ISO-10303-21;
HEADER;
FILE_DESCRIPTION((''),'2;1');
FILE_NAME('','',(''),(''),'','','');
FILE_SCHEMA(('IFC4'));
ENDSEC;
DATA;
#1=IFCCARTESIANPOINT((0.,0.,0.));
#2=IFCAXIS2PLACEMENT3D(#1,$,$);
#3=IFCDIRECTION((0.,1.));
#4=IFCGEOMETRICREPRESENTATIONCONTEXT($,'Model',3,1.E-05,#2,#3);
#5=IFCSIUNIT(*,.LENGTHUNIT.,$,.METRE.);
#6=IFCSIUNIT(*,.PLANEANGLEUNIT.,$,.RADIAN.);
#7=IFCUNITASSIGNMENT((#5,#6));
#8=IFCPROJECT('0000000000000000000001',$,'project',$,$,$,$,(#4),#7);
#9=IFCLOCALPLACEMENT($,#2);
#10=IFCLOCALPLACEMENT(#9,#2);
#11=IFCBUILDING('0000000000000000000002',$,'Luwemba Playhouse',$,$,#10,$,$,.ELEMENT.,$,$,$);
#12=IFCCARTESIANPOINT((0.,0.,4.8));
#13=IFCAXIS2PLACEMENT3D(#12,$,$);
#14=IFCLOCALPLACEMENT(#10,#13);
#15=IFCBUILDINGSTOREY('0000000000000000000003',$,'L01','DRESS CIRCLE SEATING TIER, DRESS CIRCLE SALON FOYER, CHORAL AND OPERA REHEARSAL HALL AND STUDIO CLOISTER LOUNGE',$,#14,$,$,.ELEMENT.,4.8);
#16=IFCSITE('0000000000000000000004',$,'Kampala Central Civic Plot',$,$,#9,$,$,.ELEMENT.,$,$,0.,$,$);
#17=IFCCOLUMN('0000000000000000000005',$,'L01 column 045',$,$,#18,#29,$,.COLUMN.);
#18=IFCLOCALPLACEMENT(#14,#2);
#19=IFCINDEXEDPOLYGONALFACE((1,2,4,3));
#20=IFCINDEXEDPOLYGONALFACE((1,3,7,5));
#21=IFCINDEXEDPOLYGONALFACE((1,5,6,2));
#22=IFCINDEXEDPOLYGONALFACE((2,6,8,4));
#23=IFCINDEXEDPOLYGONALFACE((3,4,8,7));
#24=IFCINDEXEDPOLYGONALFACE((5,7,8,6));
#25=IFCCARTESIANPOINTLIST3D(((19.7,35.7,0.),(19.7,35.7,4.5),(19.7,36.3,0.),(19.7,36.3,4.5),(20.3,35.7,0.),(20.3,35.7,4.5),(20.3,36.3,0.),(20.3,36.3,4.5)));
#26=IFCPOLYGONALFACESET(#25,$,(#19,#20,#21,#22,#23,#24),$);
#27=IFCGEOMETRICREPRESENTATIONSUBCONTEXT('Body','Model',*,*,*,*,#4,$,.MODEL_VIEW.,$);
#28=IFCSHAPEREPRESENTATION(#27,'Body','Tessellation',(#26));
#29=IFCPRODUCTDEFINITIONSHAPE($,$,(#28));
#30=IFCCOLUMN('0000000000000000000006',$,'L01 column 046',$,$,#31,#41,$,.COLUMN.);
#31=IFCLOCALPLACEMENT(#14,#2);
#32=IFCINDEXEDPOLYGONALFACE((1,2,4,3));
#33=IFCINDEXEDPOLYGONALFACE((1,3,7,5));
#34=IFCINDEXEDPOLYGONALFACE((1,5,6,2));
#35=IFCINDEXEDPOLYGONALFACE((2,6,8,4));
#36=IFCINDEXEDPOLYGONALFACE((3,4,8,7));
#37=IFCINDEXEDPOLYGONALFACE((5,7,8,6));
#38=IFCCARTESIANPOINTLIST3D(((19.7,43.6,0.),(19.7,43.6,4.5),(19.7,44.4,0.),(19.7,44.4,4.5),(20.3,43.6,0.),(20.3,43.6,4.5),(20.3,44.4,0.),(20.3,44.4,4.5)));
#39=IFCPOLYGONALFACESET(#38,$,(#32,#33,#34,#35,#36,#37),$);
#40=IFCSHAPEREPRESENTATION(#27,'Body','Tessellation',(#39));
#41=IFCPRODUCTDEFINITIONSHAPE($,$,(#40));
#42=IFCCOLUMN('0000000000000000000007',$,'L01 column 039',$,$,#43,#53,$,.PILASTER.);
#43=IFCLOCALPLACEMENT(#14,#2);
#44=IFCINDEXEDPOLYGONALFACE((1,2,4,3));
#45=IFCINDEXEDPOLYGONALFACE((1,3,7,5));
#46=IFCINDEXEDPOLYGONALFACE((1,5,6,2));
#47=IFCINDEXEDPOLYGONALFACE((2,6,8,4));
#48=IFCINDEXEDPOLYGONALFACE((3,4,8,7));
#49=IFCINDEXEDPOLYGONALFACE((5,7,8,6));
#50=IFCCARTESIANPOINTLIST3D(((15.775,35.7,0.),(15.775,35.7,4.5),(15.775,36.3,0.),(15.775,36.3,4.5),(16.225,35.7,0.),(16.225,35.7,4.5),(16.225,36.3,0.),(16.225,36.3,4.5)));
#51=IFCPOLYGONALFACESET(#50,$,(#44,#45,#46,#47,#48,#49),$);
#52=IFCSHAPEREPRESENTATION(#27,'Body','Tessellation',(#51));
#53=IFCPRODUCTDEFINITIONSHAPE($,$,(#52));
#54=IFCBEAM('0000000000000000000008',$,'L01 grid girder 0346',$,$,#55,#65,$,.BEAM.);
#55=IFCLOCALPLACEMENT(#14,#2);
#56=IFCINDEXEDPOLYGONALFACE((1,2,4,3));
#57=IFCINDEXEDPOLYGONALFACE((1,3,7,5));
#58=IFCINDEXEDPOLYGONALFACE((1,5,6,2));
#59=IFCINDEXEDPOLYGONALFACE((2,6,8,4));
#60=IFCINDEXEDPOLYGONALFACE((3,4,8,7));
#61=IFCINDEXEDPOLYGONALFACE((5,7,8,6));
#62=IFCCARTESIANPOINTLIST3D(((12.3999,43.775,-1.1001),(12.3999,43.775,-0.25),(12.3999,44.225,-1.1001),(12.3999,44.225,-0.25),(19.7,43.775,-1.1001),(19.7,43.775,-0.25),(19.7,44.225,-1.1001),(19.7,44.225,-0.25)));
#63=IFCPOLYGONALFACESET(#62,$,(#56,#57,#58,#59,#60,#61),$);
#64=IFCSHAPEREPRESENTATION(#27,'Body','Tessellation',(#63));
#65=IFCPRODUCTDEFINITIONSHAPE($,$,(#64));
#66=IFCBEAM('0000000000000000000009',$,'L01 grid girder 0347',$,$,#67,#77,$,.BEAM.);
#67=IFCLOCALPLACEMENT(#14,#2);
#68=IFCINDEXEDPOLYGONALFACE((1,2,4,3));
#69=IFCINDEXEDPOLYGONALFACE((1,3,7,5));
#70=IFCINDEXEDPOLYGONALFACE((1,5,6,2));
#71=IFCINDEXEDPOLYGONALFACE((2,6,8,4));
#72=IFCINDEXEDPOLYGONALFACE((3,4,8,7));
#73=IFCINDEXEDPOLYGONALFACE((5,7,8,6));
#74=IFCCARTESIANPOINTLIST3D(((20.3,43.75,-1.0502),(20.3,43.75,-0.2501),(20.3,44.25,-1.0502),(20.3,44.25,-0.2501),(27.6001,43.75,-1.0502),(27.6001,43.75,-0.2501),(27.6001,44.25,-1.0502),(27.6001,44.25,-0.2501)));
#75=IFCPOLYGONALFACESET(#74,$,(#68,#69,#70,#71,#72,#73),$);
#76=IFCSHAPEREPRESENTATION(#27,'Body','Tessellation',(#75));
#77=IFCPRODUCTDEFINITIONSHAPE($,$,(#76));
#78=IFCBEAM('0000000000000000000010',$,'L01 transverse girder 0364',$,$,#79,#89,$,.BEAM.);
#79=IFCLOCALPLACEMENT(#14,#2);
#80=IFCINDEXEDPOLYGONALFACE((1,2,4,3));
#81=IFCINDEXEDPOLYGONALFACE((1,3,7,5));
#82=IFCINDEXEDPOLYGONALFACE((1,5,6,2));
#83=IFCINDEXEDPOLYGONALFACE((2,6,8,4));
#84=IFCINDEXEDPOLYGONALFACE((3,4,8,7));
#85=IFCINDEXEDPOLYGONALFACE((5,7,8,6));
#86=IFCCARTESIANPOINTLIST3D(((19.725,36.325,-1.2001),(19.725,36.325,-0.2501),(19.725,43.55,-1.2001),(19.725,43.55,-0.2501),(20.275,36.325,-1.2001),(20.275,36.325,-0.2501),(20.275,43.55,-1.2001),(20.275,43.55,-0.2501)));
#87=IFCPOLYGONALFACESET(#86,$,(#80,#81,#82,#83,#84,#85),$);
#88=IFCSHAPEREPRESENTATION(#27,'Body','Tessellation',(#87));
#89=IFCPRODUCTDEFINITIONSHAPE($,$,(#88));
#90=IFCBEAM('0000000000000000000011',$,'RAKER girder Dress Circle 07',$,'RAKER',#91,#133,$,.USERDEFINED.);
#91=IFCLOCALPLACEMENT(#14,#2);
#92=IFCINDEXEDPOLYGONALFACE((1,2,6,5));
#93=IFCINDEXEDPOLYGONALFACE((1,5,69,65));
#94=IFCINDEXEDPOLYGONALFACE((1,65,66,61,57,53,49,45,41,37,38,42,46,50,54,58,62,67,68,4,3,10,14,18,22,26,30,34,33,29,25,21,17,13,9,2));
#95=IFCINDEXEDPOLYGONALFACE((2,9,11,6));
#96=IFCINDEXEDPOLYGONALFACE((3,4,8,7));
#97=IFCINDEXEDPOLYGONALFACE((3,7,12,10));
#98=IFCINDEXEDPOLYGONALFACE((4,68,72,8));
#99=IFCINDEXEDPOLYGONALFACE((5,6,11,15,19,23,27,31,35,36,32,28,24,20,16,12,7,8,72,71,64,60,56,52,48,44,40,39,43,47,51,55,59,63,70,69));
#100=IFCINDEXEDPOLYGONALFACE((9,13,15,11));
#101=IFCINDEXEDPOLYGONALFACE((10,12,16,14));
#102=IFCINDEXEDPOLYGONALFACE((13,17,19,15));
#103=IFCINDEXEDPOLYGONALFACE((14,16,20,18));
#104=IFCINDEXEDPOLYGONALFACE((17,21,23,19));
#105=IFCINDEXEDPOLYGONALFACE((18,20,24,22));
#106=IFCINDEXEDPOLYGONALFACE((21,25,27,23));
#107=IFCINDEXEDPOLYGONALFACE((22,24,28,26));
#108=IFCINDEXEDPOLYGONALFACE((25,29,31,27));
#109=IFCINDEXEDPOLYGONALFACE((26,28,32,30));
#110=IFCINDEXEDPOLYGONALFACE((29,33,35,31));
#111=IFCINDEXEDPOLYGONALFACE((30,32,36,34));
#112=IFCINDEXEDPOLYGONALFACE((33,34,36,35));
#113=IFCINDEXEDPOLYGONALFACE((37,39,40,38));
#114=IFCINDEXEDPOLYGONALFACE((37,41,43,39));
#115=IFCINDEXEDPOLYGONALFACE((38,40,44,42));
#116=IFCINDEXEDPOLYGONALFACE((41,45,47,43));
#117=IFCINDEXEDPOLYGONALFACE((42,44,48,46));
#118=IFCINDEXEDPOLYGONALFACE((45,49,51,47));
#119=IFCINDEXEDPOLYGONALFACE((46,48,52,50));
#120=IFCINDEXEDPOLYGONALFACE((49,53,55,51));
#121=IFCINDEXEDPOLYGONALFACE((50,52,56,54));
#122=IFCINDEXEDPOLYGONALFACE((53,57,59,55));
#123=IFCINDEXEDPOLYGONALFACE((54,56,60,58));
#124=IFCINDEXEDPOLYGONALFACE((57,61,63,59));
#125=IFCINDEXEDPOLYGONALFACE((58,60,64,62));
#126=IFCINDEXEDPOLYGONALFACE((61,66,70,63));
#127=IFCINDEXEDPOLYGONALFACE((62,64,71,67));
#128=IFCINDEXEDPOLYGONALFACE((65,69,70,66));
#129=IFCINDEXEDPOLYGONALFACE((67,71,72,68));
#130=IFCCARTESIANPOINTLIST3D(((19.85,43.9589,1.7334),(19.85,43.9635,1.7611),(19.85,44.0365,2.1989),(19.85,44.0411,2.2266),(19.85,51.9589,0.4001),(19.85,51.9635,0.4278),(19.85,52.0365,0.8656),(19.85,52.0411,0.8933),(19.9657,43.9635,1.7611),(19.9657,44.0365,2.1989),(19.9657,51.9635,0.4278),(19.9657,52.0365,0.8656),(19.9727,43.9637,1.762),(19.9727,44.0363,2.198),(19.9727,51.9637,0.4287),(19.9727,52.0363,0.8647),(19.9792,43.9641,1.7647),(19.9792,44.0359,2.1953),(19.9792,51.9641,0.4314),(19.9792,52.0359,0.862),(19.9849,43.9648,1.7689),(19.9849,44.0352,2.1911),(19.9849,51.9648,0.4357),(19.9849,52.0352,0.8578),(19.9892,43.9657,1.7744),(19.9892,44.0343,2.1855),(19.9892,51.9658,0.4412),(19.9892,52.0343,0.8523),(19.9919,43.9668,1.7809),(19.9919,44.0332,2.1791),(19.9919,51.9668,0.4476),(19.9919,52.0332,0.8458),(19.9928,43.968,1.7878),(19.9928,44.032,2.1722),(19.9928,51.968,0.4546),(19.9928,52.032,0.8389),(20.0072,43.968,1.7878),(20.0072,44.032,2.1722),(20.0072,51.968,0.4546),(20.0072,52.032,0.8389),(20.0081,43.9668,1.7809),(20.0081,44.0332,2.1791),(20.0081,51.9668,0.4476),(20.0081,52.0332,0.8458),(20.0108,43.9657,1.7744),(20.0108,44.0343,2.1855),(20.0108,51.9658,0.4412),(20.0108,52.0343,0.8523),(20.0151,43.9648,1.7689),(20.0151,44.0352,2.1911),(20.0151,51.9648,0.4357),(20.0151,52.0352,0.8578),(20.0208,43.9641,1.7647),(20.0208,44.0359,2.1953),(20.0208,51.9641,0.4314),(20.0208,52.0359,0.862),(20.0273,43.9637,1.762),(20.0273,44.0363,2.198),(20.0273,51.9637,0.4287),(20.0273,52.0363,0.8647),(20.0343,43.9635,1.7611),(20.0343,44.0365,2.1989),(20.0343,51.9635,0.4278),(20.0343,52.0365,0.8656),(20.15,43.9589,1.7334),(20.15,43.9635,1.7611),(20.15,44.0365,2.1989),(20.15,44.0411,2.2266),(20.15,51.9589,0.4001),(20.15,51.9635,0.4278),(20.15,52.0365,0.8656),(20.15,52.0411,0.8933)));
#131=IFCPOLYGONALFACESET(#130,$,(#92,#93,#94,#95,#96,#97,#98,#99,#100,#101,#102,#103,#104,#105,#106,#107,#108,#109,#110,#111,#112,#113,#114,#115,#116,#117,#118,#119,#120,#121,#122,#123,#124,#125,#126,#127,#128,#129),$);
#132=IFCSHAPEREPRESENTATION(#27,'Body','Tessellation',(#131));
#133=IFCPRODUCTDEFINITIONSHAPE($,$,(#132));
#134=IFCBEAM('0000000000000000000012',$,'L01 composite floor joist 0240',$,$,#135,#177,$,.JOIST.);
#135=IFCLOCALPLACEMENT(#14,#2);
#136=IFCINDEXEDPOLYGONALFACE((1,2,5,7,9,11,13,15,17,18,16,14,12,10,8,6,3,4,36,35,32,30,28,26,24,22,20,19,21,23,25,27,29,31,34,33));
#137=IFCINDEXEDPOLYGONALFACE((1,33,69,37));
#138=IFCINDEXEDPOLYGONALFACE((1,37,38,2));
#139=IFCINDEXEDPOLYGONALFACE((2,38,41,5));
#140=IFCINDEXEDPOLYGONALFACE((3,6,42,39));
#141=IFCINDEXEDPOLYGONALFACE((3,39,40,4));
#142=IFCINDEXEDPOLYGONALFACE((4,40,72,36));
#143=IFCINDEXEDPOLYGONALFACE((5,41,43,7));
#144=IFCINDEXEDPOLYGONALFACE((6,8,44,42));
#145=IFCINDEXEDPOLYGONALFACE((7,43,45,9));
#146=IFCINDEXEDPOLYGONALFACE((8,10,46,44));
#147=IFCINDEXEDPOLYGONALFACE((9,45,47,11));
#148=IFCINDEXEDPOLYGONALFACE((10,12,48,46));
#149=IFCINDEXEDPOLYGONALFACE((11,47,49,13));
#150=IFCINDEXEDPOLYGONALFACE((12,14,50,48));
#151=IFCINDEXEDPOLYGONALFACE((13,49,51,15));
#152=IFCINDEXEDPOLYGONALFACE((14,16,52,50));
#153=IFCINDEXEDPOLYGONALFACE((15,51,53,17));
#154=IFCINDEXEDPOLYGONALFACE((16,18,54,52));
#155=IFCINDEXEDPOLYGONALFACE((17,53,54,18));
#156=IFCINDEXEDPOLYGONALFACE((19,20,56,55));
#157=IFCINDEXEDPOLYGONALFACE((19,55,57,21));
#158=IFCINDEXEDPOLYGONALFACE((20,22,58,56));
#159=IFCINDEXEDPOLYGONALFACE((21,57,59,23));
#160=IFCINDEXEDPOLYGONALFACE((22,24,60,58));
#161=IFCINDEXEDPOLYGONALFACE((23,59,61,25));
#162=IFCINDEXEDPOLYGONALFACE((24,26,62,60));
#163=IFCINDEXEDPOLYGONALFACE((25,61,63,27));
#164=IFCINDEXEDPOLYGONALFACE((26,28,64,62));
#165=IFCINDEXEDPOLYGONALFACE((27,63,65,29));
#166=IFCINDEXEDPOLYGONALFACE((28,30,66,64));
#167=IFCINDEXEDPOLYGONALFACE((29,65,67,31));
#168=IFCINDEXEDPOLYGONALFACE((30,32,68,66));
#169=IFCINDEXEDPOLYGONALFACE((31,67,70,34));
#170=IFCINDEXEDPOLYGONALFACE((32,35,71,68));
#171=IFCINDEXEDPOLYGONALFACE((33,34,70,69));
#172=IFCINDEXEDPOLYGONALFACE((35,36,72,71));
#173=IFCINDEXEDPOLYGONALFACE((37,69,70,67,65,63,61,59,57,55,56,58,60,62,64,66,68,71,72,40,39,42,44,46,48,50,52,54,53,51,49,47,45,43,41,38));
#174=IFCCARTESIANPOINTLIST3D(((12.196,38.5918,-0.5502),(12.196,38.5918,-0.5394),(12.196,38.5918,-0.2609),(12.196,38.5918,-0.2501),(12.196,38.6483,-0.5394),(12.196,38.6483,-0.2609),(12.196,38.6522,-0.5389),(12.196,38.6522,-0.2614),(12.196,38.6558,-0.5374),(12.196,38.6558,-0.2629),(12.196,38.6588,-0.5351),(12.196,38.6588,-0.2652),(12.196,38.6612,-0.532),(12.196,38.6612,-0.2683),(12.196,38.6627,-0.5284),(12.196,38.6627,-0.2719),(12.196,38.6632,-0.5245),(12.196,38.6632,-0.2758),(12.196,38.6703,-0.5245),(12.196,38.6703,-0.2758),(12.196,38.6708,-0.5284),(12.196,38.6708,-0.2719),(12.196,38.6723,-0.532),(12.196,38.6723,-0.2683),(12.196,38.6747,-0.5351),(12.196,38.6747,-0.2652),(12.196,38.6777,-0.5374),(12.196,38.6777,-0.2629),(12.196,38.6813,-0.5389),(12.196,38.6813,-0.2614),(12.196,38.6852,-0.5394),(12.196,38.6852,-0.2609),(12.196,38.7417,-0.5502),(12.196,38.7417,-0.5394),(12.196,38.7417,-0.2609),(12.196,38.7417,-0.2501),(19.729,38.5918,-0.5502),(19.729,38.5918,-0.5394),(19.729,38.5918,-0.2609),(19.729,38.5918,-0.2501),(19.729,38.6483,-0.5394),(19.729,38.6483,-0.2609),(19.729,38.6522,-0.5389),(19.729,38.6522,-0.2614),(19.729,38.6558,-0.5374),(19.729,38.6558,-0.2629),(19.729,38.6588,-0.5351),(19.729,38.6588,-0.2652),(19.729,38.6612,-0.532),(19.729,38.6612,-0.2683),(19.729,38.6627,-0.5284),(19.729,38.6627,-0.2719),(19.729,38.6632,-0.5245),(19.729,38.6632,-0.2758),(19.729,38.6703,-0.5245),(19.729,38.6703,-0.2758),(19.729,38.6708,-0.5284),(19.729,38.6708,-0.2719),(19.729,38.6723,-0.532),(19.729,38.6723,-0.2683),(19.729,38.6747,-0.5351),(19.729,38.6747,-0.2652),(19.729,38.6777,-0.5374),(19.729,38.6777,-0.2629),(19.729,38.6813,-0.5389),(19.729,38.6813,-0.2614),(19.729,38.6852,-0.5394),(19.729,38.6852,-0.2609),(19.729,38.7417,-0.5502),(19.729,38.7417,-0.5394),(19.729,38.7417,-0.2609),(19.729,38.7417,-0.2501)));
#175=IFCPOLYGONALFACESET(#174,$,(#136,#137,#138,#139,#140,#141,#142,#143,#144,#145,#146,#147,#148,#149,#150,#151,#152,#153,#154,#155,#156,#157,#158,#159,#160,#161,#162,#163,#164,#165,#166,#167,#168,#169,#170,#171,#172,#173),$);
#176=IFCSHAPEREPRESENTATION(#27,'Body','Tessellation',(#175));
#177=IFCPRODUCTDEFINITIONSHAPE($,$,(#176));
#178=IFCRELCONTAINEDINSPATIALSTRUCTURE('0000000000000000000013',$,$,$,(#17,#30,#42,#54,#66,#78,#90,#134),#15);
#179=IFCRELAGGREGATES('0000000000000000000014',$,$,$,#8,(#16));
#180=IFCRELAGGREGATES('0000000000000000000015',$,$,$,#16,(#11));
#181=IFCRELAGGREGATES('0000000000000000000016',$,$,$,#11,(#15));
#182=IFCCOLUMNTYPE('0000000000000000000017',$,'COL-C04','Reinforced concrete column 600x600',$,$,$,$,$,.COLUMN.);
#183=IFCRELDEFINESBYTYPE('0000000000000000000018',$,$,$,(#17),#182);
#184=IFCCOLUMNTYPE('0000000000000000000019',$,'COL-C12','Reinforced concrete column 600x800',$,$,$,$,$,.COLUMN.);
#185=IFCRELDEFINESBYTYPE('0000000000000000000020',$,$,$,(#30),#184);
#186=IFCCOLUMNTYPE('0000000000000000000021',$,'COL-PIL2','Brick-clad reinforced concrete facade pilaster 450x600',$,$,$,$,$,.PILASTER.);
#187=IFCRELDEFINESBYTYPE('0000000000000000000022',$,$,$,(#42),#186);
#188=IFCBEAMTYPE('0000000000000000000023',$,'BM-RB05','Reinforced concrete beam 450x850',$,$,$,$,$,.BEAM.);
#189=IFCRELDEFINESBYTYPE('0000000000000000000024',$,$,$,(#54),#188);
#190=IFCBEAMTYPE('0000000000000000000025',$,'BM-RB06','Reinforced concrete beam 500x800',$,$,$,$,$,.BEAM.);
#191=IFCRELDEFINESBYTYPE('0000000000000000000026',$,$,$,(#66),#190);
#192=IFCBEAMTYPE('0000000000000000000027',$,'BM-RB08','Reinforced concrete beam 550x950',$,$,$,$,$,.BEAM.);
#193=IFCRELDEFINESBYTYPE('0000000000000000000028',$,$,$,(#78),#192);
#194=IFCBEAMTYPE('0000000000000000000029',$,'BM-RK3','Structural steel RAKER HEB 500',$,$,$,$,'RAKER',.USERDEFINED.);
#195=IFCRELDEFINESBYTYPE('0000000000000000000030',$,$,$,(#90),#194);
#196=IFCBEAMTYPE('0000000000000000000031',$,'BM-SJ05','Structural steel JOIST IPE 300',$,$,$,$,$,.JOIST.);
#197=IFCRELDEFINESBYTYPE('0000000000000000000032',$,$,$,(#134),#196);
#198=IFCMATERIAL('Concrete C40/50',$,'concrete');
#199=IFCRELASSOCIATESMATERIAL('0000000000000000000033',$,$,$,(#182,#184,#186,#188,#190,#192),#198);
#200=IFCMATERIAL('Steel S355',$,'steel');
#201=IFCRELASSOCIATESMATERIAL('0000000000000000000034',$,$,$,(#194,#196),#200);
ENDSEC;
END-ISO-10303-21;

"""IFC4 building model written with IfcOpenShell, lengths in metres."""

from ifc_helpers import new_model, si_unit, direction, frame, origin, origin_2d, place, context, subcontext, project, spatial, rectangle, i_section, extrude, material, material_profile, profile_set, type_object, element, save


model = new_model("IFC4")

# Units and contexts
model_context = context("Model", 3, precision=1e-05, world=origin(), true_north=direction((0.0, 1.0)))
body_context = subcontext(model_context, "Body", "Model", "MODEL_VIEW")
ifc_project = project(units=[si_unit("LENGTHUNIT", "METRE"), si_unit("PLANEANGLEUNIT", "RADIAN")], contexts=[model_context])

# Site, building, storey
site_placement = place(None, origin())
site = spatial("IfcSite", under=ifc_project, at=site_placement, Name="Kampala Central Civic Plot", CompositionType="ELEMENT", RefElevation=0.0)
building_placement = place(site_placement, origin())
building = spatial("IfcBuilding", under=site, at=building_placement, Name="Luwemba Playhouse", CompositionType="ELEMENT")
storey_placement = place(building_placement, frame((0.0, 0.0, 4.8)))
storey = spatial("IfcBuildingStorey", under=building, at=storey_placement, Name="L01", Description="DRESS CIRCLE SEATING TIER, DRESS CIRCLE SALON FOYER, CHORAL AND OPERA REHEARSAL HALL AND STUDIO CLOISTER LOUNGE", CompositionType="ELEMENT", Elevation=4.8)

# Columns
ifc_material_1 = material(Name="Concrete C40/50", Category="concrete")
ifc_material_profile_1 = material_profile(ifc_material_1, rectangle(XDim=0.6001, YDim=0.6001, at=origin_2d()))
ifc_profile_set_1 = profile_set([ifc_material_profile_1], Name="Concrete C40/50")
column_type_1 = type_object("IfcColumnType", Name="COL-C04", Description="Reinforced concrete column 600x600", PredefinedType="COLUMN", material=ifc_profile_set_1)
column_1_placement = place(storey_placement, frame((20.0, 36.0, 0.0), z_axis=(0.0, 0.0, 1.0), x_axis=(1.0, 0.0, 0.0)))
element("IfcColumn", 1, at=column_1_placement, inside=storey, type_object=column_type_1, Name="L01 column 045", PredefinedType="COLUMN", context=body_context, shape_type="SweptSolid", body=[
    extrude(rectangle(XDim=0.6001, YDim=0.6001, at=origin_2d()), origin(), (0.0, 0.0, 1.0), 4.5),
])
ifc_material_profile_2 = material_profile(ifc_material_1, rectangle(XDim=0.6001, YDim=0.8, at=origin_2d()))
ifc_profile_set_2 = profile_set([ifc_material_profile_2], Name="Concrete C40/50")
column_type_2 = type_object("IfcColumnType", Name="COL-C12", Description="Reinforced concrete column 600x800", PredefinedType="COLUMN", material=ifc_profile_set_2)
column_2_placement = place(storey_placement, frame((20.0, 44.0, 0.0), z_axis=(0.0, 0.0, 1.0), x_axis=(1.0, 0.0, 0.0)))
element("IfcColumn", 2, at=column_2_placement, inside=storey, type_object=column_type_2, Name="L01 column 046", PredefinedType="COLUMN", context=body_context, shape_type="SweptSolid", body=[
    extrude(rectangle(XDim=0.6001, YDim=0.8, at=origin_2d()), origin(), (0.0, 0.0, 1.0), 4.5),
])
ifc_material_profile_3 = material_profile(ifc_material_1, rectangle(XDim=0.45, YDim=0.6001, at=origin_2d()))
ifc_profile_set_3 = profile_set([ifc_material_profile_3], Name="Concrete C40/50")
column_type_3 = type_object("IfcColumnType", Name="COL-PIL2", Description="Brick-clad reinforced concrete facade pilaster 450x600", PredefinedType="PILASTER", material=ifc_profile_set_3)
column_3_placement = place(storey_placement, frame((16.0, 36.0, 0.0), z_axis=(0.0, 0.0, 1.0), x_axis=(1.0, 0.0, 0.0)))
element("IfcColumn", 3, at=column_3_placement, inside=storey, type_object=column_type_3, Name="L01 column 039", PredefinedType="PILASTER", context=body_context, shape_type="SweptSolid", body=[
    extrude(rectangle(XDim=0.45, YDim=0.6001, at=origin_2d()), origin(), (0.0, 0.0, 1.0), 4.5),
])

# Beams
ifc_material_profile_4 = material_profile(ifc_material_1, rectangle(XDim=0.45, YDim=0.8501, at=origin_2d()))
ifc_profile_set_4 = profile_set([ifc_material_profile_4], Name="Concrete C40/50")
beam_type_1 = type_object("IfcBeamType", Name="BM-RB05", Description="Reinforced concrete beam 450x850", PredefinedType="BEAM", material=ifc_profile_set_4)
beam_1_placement = place(storey_placement, frame((12.3999, 44.0, -0.675), z_axis=(1.0, 0.0, 0.0), x_axis=(0.0, 1.0, 0.0)))
element("IfcBeam", 4, at=beam_1_placement, inside=storey, type_object=beam_type_1, Name="L01 grid girder 0346", PredefinedType="BEAM", context=body_context, shape_type="SweptSolid", body=[
    extrude(rectangle(XDim=0.45, YDim=0.8501, at=origin_2d()), origin(), (0.0, 0.0, 1.0), 7.3),
])
ifc_material_profile_5 = material_profile(ifc_material_1, rectangle(XDim=0.5, YDim=0.8, at=origin_2d()))
ifc_profile_set_5 = profile_set([ifc_material_profile_5], Name="Concrete C40/50")
beam_type_2 = type_object("IfcBeamType", Name="BM-RB06", Description="Reinforced concrete beam 500x800", PredefinedType="BEAM", material=ifc_profile_set_5)
beam_2_placement = place(storey_placement, frame((20.3, 44.0, -0.6501), z_axis=(1.0, 0.0, 0.0), x_axis=(0.0, 1.0, 0.0)))
element("IfcBeam", 5, at=beam_2_placement, inside=storey, type_object=beam_type_2, Name="L01 grid girder 0347", PredefinedType="BEAM", context=body_context, shape_type="SweptSolid", body=[
    extrude(rectangle(XDim=0.5, YDim=0.8, at=origin_2d()), origin(), (0.0, 0.0, 1.0), 7.3),
])
ifc_material_profile_6 = material_profile(ifc_material_1, rectangle(XDim=0.55, YDim=0.95, at=origin_2d()))
ifc_profile_set_6 = profile_set([ifc_material_profile_6], Name="Concrete C40/50")
beam_type_3 = type_object("IfcBeamType", Name="BM-RB08", Description="Reinforced concrete beam 550x950", PredefinedType="BEAM", material=ifc_profile_set_6)
beam_3_placement = place(storey_placement, frame((20.0, 36.325, -0.7251), z_axis=(0.0, 1.0, 0.0), x_axis=(-1.0, 0.0, 0.0)))
element("IfcBeam", 6, at=beam_3_placement, inside=storey, type_object=beam_type_3, Name="L01 transverse girder 0364", PredefinedType="BEAM", context=body_context, shape_type="SweptSolid", body=[
    extrude(rectangle(XDim=0.55, YDim=0.95, at=origin_2d()), origin(), (0.0, 0.0, 1.0), 7.2251),
])
ifc_material_2 = material(Name="Steel S355", Category="steel")
ifc_material_profile_7 = material_profile(ifc_material_2, i_section(OverallWidth=0.3, OverallDepth=0.5, WebThickness=0.0144, FlangeThickness=0.0281, FilletRadius=0.0271, at=origin_2d()))
ifc_profile_set_7 = profile_set([ifc_material_profile_7], Name="Steel S355")
beam_type_4 = type_object("IfcBeamType", Name="BM-RK3", Description="Structural steel RAKER HEB 500", ElementType="RAKER", PredefinedType="USERDEFINED", material=ifc_profile_set_7)
beam_4_placement = place(storey_placement, frame((20.0, 44.0, 1.98), z_axis=(0.0, 0.986396, -0.164389), x_axis=(-1.0, 0.0, 0.0)))
element("IfcBeam", 7, at=beam_4_placement, inside=storey, type_object=beam_type_4, Name="RAKER girder Dress Circle 07", ObjectType="RAKER", PredefinedType="USERDEFINED", context=body_context, shape_type="SweptSolid", body=[
    extrude(i_section(OverallWidth=0.3, OverallDepth=0.5, WebThickness=0.0144, FlangeThickness=0.0281, FilletRadius=0.0271, at=origin_2d()), origin(), (0.0, 0.0, 1.0), 8.1104),
])
ifc_material_profile_8 = material_profile(ifc_material_2, i_section(OverallWidth=0.1499, OverallDepth=0.3, WebThickness=0.0071, FlangeThickness=0.0107, FilletRadius=0.0149, at=origin_2d()))
ifc_profile_set_8 = profile_set([ifc_material_profile_8], Name="Steel S355")
beam_type_5 = type_object("IfcBeamType", Name="BM-SJ05", Description="Structural steel JOIST IPE 300", PredefinedType="JOIST", material=ifc_profile_set_8)
beam_5_placement = place(storey_placement, frame((12.196, 38.6667, -0.4001), z_axis=(1.0, 0.0, 0.0), x_axis=(0.0, 1.0, 0.0)))
element("IfcBeam", 8, at=beam_5_placement, inside=storey, type_object=beam_type_5, Name="L01 composite floor joist 0240", PredefinedType="JOIST", context=body_context, shape_type="SweptSolid", body=[
    extrude(i_section(OverallWidth=0.1499, OverallDepth=0.3, WebThickness=0.0071, FlangeThickness=0.0107, FilletRadius=0.0149, at=origin_2d()), origin(), (0.0, 0.0, 1.0), 7.533),
])

save(model, "model.ifc")
